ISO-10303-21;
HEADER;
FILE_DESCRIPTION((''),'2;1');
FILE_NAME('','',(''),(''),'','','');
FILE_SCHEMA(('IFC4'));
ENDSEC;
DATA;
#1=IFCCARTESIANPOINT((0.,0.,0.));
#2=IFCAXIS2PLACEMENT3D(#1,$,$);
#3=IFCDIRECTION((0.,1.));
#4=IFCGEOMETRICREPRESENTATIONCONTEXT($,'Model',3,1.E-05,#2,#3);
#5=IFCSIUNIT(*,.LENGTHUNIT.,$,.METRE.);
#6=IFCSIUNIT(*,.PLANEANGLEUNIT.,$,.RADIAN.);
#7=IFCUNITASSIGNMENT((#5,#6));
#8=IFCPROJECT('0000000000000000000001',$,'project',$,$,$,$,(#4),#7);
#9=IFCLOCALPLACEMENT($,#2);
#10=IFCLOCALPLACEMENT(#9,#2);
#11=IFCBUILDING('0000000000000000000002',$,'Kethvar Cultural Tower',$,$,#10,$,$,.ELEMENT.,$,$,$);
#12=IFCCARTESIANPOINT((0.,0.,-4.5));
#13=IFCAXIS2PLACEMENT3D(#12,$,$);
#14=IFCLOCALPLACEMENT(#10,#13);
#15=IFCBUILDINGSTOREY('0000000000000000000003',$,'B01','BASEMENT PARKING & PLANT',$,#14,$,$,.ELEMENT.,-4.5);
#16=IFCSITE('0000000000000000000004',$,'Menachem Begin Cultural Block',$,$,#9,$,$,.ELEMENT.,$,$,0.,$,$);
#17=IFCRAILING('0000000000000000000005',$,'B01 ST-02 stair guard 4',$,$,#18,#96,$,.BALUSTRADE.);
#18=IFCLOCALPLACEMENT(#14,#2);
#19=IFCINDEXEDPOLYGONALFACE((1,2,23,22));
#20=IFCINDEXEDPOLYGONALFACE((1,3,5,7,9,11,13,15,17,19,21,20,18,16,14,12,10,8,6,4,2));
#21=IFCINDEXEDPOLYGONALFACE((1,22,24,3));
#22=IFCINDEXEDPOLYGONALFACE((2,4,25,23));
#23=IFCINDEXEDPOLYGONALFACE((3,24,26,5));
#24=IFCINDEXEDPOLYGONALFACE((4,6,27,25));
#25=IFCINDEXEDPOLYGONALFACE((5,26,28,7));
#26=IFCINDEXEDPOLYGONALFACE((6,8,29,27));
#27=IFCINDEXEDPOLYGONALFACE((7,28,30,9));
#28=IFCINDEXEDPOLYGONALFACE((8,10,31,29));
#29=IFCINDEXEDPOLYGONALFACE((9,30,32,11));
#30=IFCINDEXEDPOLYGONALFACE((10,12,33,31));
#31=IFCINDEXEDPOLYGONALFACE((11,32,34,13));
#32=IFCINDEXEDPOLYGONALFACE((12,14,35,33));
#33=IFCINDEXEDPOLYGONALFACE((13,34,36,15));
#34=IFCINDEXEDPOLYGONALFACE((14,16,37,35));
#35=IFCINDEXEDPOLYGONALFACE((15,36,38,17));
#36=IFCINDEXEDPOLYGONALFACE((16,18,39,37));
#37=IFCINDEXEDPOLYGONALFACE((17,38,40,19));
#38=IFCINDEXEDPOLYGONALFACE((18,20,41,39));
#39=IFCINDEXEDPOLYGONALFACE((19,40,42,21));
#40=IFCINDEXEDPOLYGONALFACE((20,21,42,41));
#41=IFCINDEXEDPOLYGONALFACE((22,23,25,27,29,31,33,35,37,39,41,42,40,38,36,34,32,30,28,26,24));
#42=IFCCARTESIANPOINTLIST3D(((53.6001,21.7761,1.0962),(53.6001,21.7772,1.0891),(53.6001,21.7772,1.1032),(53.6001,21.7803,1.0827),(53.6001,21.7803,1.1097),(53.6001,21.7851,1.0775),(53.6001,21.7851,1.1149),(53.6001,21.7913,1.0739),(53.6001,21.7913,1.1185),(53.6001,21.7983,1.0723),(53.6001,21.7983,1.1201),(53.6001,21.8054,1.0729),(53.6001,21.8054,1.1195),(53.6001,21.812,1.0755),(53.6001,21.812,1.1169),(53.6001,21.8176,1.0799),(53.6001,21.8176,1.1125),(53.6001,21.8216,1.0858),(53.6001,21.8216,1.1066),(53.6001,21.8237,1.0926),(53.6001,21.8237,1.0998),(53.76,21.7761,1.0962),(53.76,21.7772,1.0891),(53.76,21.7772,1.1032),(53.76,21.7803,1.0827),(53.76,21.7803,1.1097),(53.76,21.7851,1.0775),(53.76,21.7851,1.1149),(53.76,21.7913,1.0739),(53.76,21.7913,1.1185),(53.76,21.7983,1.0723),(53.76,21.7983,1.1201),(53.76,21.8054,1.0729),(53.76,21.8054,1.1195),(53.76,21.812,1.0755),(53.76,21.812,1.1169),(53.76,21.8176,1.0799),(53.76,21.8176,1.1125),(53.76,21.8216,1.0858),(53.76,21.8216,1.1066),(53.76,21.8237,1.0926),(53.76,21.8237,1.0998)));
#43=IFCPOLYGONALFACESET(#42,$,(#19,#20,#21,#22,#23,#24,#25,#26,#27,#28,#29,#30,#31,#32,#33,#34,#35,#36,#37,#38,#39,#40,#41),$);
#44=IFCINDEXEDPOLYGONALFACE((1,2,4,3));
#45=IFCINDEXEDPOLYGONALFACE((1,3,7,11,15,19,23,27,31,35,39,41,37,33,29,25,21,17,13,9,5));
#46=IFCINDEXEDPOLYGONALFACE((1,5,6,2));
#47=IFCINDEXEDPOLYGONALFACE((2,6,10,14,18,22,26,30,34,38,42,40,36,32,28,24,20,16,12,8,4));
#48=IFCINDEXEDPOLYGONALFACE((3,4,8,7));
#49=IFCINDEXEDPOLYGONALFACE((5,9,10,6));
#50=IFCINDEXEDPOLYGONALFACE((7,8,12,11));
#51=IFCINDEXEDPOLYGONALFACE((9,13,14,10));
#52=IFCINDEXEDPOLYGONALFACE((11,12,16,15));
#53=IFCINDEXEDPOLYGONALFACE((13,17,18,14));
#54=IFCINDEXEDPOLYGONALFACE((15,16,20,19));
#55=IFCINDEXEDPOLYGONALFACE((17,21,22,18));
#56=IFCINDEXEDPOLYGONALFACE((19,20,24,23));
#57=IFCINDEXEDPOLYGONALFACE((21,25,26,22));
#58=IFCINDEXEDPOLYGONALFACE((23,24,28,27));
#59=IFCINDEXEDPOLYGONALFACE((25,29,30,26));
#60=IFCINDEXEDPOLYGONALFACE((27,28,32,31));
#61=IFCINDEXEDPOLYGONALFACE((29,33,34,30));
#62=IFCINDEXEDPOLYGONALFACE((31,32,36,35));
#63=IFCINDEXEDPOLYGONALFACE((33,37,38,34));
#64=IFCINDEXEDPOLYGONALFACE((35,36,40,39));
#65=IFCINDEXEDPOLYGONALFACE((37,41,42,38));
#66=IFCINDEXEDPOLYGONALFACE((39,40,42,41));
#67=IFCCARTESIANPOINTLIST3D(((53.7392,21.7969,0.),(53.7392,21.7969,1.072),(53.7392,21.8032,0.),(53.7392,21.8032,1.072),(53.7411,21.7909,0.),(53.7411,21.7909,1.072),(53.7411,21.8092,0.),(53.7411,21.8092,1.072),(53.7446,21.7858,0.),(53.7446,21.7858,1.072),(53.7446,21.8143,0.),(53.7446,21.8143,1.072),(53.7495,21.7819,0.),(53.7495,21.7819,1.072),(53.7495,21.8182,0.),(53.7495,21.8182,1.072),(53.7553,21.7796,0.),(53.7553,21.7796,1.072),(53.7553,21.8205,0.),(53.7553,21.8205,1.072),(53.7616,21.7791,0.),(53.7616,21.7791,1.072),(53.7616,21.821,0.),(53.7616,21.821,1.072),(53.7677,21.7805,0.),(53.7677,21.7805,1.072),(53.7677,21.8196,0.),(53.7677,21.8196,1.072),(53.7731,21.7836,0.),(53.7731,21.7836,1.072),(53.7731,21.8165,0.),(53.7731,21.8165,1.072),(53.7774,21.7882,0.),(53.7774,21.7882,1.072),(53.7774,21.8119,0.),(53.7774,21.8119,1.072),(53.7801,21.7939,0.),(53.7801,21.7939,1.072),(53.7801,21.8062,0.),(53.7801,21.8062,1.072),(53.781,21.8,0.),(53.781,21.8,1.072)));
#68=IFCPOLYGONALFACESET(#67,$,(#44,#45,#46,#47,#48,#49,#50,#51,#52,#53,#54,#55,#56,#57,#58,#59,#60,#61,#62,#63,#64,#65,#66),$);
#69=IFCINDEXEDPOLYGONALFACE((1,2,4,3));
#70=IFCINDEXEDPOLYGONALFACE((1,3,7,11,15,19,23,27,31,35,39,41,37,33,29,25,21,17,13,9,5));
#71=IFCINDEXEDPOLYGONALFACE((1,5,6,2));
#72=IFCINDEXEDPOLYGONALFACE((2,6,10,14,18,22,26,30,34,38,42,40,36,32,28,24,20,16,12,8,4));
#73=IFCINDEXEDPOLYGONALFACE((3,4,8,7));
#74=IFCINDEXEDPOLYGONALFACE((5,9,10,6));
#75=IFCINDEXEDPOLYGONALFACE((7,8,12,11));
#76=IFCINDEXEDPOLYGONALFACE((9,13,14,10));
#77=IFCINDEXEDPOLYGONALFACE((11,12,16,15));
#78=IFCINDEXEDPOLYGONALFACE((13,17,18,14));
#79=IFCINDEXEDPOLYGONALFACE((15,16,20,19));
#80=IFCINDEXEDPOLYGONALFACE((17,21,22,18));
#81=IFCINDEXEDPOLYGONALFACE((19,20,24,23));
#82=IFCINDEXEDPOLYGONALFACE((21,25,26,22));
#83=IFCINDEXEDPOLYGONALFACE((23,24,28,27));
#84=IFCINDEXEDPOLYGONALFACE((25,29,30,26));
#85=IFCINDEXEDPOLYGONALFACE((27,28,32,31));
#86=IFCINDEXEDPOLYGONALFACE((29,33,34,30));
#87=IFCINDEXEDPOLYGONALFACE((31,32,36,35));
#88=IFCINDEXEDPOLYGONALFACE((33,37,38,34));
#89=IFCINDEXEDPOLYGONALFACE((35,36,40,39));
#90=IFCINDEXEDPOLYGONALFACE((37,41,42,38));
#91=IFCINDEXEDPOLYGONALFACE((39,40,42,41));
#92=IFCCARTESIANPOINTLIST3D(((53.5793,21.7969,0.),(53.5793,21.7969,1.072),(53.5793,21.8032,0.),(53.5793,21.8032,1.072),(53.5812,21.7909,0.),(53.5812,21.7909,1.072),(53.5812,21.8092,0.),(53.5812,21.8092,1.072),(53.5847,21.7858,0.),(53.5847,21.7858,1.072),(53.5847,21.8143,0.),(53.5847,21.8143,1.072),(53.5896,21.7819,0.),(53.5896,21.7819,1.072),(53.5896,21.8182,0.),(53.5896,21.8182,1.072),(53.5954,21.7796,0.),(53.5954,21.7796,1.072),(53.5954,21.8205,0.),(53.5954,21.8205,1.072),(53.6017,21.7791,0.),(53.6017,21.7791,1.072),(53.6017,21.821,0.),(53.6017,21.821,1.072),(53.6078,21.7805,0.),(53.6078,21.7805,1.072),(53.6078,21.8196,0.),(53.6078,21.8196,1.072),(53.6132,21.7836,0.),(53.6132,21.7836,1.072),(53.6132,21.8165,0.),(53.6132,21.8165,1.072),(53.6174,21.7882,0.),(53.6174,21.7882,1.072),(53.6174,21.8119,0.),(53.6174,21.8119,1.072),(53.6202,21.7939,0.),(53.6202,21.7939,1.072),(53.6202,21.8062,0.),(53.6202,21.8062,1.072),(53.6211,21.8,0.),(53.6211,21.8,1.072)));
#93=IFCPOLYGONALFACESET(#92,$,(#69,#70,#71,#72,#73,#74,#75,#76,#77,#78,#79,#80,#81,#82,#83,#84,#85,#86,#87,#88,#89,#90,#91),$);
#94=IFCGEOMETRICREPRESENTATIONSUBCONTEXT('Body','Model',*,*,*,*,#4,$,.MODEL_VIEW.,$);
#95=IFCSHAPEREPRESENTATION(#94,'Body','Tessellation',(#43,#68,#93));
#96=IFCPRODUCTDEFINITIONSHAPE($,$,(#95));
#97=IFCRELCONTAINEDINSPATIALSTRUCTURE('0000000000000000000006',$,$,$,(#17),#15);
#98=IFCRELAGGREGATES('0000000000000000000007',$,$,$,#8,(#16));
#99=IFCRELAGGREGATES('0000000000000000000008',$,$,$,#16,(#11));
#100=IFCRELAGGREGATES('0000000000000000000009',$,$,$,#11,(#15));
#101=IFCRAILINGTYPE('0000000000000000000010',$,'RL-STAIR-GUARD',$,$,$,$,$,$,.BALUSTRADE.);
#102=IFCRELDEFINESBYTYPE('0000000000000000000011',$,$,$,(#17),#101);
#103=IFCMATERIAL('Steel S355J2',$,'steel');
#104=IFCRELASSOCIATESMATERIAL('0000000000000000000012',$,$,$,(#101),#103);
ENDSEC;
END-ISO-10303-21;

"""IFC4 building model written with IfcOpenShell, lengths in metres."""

from ifc_helpers import new_model, si_unit, direction, frame, origin, origin_2d, place, context, subcontext, project, spatial, circle, extrude, material, type_object, element, save


model = new_model("IFC4")

# Units and contexts
model_context = context("Model", 3, precision=1e-05, world=origin(), true_north=direction((0.0, 1.0)))
body_context = subcontext(model_context, "Body", "Model", "MODEL_VIEW")
ifc_project = project(units=[si_unit("LENGTHUNIT", "METRE"), si_unit("PLANEANGLEUNIT", "RADIAN")], contexts=[model_context])

# Site, building, storey
site_placement = place(None, origin())
site = spatial("IfcSite", under=ifc_project, at=site_placement, Name="Menachem Begin Cultural Block", CompositionType="ELEMENT", RefElevation=0.0)
building_placement = place(site_placement, origin())
building = spatial("IfcBuilding", under=site, at=building_placement, Name="Kethvar Cultural Tower", CompositionType="ELEMENT")
storey_placement = place(building_placement, frame((0.0, 0.0, -4.5)))
storey = spatial("IfcBuildingStorey", under=building, at=storey_placement, Name="B01", Description="BASEMENT PARKING & PLANT", CompositionType="ELEMENT", Elevation=-4.5)

# Shared definitions
ifc_material_1 = material(Name="Steel S355J2", Category="steel")

# Railing
railing_type_1 = type_object("IfcRailingType", Name="RL-STAIR-GUARD", PredefinedType="BALUSTRADE", material=ifc_material_1)
railing_1_placement = place(storey_placement, frame((53.76, 21.8, 0.0)))
element("IfcRailing", 1, at=railing_1_placement, inside=storey, type_object=railing_type_1, Name="B01 ST-02 stair guard 4", PredefinedType="BALUSTRADE", context=body_context, shape_type="SweptSolid", body=[
    extrude(circle(Radius=0.0239, at=origin_2d()), frame((0.0, 0.0, 1.0962), z_axis=(-1.0, 0.0, 0.0), x_axis=(0.0, -1.0, 0.0)), (0.0, 0.0, 1.0), 0.1599),
    extrude(circle(Radius=0.021, at=origin_2d()), origin(), (0.0, 0.0, 1.0), 1.072),
    extrude(circle(Radius=0.021, at=origin_2d()), frame((-0.1599, 0.0, 0.0)), (0.0, 0.0, 1.0), 1.072),
])

save(model, "model.ifc")
